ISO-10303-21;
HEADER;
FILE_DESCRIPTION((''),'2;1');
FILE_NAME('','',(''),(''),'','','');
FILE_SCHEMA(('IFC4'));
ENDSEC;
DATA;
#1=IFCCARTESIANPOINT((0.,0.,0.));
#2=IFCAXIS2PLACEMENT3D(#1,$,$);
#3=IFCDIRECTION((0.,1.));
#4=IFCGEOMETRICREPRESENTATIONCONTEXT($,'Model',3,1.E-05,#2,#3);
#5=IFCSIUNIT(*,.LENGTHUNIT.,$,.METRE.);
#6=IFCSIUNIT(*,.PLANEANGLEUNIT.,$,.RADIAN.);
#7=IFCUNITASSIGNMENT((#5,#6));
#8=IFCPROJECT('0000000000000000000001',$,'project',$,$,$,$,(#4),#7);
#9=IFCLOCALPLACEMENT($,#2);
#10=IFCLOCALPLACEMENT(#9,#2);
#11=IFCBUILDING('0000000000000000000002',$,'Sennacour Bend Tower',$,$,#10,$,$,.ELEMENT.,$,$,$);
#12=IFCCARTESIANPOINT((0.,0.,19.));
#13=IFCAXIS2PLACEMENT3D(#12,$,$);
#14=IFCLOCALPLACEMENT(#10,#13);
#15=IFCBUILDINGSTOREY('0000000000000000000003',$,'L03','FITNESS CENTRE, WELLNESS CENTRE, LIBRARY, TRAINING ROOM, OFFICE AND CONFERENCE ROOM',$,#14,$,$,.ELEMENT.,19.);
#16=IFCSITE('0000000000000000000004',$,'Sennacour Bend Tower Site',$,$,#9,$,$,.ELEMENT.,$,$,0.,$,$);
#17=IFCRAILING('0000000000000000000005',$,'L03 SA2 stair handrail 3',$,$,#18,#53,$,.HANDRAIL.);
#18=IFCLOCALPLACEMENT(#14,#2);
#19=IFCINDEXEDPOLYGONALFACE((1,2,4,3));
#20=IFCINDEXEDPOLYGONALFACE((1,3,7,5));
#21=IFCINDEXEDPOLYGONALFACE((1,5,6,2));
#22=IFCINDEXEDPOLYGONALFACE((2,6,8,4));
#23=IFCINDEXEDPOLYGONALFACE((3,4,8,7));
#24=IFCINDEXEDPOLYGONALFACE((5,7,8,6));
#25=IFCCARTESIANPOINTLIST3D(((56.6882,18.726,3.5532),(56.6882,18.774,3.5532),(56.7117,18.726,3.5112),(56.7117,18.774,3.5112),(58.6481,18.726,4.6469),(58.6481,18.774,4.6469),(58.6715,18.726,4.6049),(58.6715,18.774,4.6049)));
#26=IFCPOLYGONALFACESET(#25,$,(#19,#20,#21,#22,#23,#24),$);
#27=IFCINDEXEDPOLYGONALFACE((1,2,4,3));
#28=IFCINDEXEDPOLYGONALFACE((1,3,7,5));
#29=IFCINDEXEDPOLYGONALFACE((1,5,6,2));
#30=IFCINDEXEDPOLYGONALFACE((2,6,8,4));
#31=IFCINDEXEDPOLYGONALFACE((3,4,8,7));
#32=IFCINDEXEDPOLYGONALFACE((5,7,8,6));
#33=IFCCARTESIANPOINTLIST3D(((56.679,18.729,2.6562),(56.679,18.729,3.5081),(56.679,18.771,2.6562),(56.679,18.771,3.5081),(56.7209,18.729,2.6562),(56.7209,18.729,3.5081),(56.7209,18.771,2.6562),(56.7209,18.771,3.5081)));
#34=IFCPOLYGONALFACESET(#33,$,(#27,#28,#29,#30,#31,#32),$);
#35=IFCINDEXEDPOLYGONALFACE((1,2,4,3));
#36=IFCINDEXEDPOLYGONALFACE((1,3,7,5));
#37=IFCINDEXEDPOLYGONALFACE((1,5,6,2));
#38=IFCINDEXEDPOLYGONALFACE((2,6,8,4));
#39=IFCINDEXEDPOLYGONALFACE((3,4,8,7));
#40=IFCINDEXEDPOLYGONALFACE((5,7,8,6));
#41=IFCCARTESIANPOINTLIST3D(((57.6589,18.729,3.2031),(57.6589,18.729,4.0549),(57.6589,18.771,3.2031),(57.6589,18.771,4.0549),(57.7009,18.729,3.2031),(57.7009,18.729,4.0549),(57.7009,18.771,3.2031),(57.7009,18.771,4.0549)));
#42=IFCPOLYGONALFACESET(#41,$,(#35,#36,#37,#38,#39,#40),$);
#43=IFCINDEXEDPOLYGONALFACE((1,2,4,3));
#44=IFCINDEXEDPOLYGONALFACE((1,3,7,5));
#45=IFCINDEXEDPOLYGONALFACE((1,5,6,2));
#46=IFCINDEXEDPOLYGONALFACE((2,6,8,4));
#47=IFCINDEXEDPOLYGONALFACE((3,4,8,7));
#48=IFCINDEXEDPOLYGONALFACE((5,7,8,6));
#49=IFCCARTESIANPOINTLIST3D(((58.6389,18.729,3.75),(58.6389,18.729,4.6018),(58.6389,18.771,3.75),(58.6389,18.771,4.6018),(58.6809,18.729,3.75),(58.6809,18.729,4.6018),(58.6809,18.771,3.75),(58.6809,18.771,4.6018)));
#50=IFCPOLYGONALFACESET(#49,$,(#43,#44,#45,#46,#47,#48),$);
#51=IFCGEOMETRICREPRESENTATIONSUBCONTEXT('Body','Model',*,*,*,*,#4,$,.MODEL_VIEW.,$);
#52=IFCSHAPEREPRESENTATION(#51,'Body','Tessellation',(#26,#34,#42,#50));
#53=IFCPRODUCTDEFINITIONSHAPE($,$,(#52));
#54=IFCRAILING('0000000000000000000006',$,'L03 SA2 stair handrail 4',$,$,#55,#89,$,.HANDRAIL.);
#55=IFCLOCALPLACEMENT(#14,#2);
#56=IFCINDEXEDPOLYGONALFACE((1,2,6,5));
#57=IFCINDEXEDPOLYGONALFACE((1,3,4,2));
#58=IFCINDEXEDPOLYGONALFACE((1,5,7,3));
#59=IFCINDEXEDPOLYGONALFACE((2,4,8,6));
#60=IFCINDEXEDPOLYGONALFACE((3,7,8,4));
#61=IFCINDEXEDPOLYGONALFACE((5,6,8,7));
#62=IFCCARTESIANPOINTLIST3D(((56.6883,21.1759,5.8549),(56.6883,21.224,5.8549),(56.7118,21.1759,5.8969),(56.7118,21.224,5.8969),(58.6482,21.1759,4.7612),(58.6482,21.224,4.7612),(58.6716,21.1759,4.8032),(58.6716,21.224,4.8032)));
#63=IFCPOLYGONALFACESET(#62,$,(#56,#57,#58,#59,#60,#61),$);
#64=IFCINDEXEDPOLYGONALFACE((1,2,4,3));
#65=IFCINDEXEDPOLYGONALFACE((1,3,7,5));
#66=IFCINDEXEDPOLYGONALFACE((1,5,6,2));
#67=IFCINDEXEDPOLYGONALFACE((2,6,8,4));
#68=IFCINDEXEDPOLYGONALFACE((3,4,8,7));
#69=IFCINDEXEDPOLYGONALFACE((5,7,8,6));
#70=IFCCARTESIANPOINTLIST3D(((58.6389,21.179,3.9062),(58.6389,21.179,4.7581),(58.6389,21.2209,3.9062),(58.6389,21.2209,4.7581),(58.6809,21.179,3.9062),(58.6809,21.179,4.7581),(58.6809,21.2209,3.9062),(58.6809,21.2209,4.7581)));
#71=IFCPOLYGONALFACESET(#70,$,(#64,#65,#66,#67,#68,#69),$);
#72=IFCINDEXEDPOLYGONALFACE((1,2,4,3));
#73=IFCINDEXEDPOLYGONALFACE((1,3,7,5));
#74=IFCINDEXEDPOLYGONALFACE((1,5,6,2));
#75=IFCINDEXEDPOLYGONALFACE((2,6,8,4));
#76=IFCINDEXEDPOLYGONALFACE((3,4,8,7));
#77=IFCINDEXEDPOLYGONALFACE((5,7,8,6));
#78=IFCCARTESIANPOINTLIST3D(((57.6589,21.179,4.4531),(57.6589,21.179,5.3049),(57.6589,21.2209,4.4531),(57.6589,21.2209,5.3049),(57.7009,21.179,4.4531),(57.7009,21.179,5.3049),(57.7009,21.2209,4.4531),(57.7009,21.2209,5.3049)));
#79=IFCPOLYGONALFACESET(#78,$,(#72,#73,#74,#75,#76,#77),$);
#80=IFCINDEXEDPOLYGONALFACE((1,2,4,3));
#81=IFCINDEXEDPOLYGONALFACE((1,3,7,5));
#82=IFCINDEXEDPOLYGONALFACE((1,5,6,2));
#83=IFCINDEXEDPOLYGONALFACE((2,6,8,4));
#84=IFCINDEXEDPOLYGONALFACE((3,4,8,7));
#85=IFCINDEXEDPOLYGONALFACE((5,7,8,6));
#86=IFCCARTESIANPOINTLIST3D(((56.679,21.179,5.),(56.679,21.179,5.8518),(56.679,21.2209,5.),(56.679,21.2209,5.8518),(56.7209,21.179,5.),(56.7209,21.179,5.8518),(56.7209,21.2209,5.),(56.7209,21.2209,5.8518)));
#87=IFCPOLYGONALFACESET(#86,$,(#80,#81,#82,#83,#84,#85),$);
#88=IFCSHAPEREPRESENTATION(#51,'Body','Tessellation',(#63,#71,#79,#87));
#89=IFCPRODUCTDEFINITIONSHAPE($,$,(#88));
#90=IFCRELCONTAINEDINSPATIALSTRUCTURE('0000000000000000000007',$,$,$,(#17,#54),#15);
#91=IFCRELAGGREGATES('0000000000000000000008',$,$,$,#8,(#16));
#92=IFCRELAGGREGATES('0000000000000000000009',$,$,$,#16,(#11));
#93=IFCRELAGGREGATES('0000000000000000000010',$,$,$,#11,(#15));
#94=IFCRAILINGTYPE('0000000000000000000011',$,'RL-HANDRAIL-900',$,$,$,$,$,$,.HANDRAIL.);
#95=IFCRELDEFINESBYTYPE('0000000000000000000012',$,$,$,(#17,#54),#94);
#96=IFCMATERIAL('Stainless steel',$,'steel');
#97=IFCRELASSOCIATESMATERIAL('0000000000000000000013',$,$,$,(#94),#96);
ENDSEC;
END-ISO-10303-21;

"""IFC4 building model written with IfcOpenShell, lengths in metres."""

from ifc_helpers import new_model, si_unit, direction, frame, origin, origin_2d, place, context, subcontext, project, spatial, rectangle, extrude, material, type_object, element, save


model = new_model("IFC4")

# Units and contexts
model_context = context("Model", 3, precision=1e-05, world=origin(), true_north=direction((0.0, 1.0)))
body_context = subcontext(model_context, "Body", "Model", "MODEL_VIEW")
ifc_project = project(units=[si_unit("LENGTHUNIT", "METRE"), si_unit("PLANEANGLEUNIT", "RADIAN")], contexts=[model_context])

# Site, building, storey
site_placement = place(None, origin())
site = spatial("IfcSite", under=ifc_project, at=site_placement, Name="Sennacour Bend Tower Site", CompositionType="ELEMENT", RefElevation=0.0)
building_placement = place(site_placement, origin())
building = spatial("IfcBuilding", under=site, at=building_placement, Name="Sennacour Bend Tower", CompositionType="ELEMENT")
storey_placement = place(building_placement, frame((0.0, 0.0, 19.0)))
storey = spatial("IfcBuildingStorey", under=building, at=storey_placement, Name="L03", Description="FITNESS CENTRE, WELLNESS CENTRE, LIBRARY, TRAINING ROOM, OFFICE AND CONFERENCE ROOM", CompositionType="ELEMENT", Elevation=19.0)

# Railings
ifc_material_1 = material(Name="Stainless steel", Category="steel")
railing_type_1 = type_object("IfcRailingType", Name="RL-HANDRAIL-900", PredefinedType="HANDRAIL", material=ifc_material_1)
railing_1_placement = place(storey_placement, frame((56.7, 18.75, 2.6562)))
element("IfcRailing", 1, at=railing_1_placement, inside=storey, type_object=railing_type_1, Name="L03 SA2 stair handrail 3", PredefinedType="HANDRAIL", context=body_context, shape_type="SweptSolid", body=[
    extrude(rectangle(XDim=0.0481, YDim=0.0481, at=origin_2d()), frame((0.0, 0.0, 0.876), z_axis=(0.873232, 0.0, 0.487304), x_axis=(0.0, 1.0, 0.0)), (0.0, 0.0, 1.0), 2.2444),
    extrude(rectangle(XDim=0.042, YDim=0.042, at=origin_2d()), origin(), (0.0, 0.0, 1.0), 0.8518),
    extrude(rectangle(XDim=0.042, YDim=0.042, at=origin_2d()), frame((0.98, 0.0, 0.5469)), (0.0, 0.0, 1.0), 0.8518),
    extrude(rectangle(XDim=0.042, YDim=0.042, at=origin_2d()), frame((1.96, 0.0, 1.0938)), (0.0, 0.0, 1.0), 0.8518),
])
railing_2_placement = place(storey_placement, frame((58.6599, 21.2, 3.9062)))
element("IfcRailing", 2, at=railing_2_placement, inside=storey, type_object=railing_type_1, Name="L03 SA2 stair handrail 4", PredefinedType="HANDRAIL", context=body_context, shape_type="SweptSolid", body=[
    extrude(rectangle(XDim=0.0481, YDim=0.0481, at=origin_2d()), frame((0.0, 0.0, 0.876), z_axis=(-0.873232, 0.0, 0.487304), x_axis=(0.0, -1.0, 0.0)), (0.0, 0.0, 1.0), 2.2444),
    extrude(rectangle(XDim=0.042, YDim=0.042, at=origin_2d()), origin(), (0.0, 0.0, 1.0), 0.8518),
    extrude(rectangle(XDim=0.042, YDim=0.042, at=origin_2d()), frame((-0.98, 0.0, 0.5469)), (0.0, 0.0, 1.0), 0.8518),
    extrude(rectangle(XDim=0.042, YDim=0.042, at=origin_2d()), frame((-1.96, 0.0, 1.0938)), (0.0, 0.0, 1.0), 0.8518),
])

save(model, "model.ifc")
